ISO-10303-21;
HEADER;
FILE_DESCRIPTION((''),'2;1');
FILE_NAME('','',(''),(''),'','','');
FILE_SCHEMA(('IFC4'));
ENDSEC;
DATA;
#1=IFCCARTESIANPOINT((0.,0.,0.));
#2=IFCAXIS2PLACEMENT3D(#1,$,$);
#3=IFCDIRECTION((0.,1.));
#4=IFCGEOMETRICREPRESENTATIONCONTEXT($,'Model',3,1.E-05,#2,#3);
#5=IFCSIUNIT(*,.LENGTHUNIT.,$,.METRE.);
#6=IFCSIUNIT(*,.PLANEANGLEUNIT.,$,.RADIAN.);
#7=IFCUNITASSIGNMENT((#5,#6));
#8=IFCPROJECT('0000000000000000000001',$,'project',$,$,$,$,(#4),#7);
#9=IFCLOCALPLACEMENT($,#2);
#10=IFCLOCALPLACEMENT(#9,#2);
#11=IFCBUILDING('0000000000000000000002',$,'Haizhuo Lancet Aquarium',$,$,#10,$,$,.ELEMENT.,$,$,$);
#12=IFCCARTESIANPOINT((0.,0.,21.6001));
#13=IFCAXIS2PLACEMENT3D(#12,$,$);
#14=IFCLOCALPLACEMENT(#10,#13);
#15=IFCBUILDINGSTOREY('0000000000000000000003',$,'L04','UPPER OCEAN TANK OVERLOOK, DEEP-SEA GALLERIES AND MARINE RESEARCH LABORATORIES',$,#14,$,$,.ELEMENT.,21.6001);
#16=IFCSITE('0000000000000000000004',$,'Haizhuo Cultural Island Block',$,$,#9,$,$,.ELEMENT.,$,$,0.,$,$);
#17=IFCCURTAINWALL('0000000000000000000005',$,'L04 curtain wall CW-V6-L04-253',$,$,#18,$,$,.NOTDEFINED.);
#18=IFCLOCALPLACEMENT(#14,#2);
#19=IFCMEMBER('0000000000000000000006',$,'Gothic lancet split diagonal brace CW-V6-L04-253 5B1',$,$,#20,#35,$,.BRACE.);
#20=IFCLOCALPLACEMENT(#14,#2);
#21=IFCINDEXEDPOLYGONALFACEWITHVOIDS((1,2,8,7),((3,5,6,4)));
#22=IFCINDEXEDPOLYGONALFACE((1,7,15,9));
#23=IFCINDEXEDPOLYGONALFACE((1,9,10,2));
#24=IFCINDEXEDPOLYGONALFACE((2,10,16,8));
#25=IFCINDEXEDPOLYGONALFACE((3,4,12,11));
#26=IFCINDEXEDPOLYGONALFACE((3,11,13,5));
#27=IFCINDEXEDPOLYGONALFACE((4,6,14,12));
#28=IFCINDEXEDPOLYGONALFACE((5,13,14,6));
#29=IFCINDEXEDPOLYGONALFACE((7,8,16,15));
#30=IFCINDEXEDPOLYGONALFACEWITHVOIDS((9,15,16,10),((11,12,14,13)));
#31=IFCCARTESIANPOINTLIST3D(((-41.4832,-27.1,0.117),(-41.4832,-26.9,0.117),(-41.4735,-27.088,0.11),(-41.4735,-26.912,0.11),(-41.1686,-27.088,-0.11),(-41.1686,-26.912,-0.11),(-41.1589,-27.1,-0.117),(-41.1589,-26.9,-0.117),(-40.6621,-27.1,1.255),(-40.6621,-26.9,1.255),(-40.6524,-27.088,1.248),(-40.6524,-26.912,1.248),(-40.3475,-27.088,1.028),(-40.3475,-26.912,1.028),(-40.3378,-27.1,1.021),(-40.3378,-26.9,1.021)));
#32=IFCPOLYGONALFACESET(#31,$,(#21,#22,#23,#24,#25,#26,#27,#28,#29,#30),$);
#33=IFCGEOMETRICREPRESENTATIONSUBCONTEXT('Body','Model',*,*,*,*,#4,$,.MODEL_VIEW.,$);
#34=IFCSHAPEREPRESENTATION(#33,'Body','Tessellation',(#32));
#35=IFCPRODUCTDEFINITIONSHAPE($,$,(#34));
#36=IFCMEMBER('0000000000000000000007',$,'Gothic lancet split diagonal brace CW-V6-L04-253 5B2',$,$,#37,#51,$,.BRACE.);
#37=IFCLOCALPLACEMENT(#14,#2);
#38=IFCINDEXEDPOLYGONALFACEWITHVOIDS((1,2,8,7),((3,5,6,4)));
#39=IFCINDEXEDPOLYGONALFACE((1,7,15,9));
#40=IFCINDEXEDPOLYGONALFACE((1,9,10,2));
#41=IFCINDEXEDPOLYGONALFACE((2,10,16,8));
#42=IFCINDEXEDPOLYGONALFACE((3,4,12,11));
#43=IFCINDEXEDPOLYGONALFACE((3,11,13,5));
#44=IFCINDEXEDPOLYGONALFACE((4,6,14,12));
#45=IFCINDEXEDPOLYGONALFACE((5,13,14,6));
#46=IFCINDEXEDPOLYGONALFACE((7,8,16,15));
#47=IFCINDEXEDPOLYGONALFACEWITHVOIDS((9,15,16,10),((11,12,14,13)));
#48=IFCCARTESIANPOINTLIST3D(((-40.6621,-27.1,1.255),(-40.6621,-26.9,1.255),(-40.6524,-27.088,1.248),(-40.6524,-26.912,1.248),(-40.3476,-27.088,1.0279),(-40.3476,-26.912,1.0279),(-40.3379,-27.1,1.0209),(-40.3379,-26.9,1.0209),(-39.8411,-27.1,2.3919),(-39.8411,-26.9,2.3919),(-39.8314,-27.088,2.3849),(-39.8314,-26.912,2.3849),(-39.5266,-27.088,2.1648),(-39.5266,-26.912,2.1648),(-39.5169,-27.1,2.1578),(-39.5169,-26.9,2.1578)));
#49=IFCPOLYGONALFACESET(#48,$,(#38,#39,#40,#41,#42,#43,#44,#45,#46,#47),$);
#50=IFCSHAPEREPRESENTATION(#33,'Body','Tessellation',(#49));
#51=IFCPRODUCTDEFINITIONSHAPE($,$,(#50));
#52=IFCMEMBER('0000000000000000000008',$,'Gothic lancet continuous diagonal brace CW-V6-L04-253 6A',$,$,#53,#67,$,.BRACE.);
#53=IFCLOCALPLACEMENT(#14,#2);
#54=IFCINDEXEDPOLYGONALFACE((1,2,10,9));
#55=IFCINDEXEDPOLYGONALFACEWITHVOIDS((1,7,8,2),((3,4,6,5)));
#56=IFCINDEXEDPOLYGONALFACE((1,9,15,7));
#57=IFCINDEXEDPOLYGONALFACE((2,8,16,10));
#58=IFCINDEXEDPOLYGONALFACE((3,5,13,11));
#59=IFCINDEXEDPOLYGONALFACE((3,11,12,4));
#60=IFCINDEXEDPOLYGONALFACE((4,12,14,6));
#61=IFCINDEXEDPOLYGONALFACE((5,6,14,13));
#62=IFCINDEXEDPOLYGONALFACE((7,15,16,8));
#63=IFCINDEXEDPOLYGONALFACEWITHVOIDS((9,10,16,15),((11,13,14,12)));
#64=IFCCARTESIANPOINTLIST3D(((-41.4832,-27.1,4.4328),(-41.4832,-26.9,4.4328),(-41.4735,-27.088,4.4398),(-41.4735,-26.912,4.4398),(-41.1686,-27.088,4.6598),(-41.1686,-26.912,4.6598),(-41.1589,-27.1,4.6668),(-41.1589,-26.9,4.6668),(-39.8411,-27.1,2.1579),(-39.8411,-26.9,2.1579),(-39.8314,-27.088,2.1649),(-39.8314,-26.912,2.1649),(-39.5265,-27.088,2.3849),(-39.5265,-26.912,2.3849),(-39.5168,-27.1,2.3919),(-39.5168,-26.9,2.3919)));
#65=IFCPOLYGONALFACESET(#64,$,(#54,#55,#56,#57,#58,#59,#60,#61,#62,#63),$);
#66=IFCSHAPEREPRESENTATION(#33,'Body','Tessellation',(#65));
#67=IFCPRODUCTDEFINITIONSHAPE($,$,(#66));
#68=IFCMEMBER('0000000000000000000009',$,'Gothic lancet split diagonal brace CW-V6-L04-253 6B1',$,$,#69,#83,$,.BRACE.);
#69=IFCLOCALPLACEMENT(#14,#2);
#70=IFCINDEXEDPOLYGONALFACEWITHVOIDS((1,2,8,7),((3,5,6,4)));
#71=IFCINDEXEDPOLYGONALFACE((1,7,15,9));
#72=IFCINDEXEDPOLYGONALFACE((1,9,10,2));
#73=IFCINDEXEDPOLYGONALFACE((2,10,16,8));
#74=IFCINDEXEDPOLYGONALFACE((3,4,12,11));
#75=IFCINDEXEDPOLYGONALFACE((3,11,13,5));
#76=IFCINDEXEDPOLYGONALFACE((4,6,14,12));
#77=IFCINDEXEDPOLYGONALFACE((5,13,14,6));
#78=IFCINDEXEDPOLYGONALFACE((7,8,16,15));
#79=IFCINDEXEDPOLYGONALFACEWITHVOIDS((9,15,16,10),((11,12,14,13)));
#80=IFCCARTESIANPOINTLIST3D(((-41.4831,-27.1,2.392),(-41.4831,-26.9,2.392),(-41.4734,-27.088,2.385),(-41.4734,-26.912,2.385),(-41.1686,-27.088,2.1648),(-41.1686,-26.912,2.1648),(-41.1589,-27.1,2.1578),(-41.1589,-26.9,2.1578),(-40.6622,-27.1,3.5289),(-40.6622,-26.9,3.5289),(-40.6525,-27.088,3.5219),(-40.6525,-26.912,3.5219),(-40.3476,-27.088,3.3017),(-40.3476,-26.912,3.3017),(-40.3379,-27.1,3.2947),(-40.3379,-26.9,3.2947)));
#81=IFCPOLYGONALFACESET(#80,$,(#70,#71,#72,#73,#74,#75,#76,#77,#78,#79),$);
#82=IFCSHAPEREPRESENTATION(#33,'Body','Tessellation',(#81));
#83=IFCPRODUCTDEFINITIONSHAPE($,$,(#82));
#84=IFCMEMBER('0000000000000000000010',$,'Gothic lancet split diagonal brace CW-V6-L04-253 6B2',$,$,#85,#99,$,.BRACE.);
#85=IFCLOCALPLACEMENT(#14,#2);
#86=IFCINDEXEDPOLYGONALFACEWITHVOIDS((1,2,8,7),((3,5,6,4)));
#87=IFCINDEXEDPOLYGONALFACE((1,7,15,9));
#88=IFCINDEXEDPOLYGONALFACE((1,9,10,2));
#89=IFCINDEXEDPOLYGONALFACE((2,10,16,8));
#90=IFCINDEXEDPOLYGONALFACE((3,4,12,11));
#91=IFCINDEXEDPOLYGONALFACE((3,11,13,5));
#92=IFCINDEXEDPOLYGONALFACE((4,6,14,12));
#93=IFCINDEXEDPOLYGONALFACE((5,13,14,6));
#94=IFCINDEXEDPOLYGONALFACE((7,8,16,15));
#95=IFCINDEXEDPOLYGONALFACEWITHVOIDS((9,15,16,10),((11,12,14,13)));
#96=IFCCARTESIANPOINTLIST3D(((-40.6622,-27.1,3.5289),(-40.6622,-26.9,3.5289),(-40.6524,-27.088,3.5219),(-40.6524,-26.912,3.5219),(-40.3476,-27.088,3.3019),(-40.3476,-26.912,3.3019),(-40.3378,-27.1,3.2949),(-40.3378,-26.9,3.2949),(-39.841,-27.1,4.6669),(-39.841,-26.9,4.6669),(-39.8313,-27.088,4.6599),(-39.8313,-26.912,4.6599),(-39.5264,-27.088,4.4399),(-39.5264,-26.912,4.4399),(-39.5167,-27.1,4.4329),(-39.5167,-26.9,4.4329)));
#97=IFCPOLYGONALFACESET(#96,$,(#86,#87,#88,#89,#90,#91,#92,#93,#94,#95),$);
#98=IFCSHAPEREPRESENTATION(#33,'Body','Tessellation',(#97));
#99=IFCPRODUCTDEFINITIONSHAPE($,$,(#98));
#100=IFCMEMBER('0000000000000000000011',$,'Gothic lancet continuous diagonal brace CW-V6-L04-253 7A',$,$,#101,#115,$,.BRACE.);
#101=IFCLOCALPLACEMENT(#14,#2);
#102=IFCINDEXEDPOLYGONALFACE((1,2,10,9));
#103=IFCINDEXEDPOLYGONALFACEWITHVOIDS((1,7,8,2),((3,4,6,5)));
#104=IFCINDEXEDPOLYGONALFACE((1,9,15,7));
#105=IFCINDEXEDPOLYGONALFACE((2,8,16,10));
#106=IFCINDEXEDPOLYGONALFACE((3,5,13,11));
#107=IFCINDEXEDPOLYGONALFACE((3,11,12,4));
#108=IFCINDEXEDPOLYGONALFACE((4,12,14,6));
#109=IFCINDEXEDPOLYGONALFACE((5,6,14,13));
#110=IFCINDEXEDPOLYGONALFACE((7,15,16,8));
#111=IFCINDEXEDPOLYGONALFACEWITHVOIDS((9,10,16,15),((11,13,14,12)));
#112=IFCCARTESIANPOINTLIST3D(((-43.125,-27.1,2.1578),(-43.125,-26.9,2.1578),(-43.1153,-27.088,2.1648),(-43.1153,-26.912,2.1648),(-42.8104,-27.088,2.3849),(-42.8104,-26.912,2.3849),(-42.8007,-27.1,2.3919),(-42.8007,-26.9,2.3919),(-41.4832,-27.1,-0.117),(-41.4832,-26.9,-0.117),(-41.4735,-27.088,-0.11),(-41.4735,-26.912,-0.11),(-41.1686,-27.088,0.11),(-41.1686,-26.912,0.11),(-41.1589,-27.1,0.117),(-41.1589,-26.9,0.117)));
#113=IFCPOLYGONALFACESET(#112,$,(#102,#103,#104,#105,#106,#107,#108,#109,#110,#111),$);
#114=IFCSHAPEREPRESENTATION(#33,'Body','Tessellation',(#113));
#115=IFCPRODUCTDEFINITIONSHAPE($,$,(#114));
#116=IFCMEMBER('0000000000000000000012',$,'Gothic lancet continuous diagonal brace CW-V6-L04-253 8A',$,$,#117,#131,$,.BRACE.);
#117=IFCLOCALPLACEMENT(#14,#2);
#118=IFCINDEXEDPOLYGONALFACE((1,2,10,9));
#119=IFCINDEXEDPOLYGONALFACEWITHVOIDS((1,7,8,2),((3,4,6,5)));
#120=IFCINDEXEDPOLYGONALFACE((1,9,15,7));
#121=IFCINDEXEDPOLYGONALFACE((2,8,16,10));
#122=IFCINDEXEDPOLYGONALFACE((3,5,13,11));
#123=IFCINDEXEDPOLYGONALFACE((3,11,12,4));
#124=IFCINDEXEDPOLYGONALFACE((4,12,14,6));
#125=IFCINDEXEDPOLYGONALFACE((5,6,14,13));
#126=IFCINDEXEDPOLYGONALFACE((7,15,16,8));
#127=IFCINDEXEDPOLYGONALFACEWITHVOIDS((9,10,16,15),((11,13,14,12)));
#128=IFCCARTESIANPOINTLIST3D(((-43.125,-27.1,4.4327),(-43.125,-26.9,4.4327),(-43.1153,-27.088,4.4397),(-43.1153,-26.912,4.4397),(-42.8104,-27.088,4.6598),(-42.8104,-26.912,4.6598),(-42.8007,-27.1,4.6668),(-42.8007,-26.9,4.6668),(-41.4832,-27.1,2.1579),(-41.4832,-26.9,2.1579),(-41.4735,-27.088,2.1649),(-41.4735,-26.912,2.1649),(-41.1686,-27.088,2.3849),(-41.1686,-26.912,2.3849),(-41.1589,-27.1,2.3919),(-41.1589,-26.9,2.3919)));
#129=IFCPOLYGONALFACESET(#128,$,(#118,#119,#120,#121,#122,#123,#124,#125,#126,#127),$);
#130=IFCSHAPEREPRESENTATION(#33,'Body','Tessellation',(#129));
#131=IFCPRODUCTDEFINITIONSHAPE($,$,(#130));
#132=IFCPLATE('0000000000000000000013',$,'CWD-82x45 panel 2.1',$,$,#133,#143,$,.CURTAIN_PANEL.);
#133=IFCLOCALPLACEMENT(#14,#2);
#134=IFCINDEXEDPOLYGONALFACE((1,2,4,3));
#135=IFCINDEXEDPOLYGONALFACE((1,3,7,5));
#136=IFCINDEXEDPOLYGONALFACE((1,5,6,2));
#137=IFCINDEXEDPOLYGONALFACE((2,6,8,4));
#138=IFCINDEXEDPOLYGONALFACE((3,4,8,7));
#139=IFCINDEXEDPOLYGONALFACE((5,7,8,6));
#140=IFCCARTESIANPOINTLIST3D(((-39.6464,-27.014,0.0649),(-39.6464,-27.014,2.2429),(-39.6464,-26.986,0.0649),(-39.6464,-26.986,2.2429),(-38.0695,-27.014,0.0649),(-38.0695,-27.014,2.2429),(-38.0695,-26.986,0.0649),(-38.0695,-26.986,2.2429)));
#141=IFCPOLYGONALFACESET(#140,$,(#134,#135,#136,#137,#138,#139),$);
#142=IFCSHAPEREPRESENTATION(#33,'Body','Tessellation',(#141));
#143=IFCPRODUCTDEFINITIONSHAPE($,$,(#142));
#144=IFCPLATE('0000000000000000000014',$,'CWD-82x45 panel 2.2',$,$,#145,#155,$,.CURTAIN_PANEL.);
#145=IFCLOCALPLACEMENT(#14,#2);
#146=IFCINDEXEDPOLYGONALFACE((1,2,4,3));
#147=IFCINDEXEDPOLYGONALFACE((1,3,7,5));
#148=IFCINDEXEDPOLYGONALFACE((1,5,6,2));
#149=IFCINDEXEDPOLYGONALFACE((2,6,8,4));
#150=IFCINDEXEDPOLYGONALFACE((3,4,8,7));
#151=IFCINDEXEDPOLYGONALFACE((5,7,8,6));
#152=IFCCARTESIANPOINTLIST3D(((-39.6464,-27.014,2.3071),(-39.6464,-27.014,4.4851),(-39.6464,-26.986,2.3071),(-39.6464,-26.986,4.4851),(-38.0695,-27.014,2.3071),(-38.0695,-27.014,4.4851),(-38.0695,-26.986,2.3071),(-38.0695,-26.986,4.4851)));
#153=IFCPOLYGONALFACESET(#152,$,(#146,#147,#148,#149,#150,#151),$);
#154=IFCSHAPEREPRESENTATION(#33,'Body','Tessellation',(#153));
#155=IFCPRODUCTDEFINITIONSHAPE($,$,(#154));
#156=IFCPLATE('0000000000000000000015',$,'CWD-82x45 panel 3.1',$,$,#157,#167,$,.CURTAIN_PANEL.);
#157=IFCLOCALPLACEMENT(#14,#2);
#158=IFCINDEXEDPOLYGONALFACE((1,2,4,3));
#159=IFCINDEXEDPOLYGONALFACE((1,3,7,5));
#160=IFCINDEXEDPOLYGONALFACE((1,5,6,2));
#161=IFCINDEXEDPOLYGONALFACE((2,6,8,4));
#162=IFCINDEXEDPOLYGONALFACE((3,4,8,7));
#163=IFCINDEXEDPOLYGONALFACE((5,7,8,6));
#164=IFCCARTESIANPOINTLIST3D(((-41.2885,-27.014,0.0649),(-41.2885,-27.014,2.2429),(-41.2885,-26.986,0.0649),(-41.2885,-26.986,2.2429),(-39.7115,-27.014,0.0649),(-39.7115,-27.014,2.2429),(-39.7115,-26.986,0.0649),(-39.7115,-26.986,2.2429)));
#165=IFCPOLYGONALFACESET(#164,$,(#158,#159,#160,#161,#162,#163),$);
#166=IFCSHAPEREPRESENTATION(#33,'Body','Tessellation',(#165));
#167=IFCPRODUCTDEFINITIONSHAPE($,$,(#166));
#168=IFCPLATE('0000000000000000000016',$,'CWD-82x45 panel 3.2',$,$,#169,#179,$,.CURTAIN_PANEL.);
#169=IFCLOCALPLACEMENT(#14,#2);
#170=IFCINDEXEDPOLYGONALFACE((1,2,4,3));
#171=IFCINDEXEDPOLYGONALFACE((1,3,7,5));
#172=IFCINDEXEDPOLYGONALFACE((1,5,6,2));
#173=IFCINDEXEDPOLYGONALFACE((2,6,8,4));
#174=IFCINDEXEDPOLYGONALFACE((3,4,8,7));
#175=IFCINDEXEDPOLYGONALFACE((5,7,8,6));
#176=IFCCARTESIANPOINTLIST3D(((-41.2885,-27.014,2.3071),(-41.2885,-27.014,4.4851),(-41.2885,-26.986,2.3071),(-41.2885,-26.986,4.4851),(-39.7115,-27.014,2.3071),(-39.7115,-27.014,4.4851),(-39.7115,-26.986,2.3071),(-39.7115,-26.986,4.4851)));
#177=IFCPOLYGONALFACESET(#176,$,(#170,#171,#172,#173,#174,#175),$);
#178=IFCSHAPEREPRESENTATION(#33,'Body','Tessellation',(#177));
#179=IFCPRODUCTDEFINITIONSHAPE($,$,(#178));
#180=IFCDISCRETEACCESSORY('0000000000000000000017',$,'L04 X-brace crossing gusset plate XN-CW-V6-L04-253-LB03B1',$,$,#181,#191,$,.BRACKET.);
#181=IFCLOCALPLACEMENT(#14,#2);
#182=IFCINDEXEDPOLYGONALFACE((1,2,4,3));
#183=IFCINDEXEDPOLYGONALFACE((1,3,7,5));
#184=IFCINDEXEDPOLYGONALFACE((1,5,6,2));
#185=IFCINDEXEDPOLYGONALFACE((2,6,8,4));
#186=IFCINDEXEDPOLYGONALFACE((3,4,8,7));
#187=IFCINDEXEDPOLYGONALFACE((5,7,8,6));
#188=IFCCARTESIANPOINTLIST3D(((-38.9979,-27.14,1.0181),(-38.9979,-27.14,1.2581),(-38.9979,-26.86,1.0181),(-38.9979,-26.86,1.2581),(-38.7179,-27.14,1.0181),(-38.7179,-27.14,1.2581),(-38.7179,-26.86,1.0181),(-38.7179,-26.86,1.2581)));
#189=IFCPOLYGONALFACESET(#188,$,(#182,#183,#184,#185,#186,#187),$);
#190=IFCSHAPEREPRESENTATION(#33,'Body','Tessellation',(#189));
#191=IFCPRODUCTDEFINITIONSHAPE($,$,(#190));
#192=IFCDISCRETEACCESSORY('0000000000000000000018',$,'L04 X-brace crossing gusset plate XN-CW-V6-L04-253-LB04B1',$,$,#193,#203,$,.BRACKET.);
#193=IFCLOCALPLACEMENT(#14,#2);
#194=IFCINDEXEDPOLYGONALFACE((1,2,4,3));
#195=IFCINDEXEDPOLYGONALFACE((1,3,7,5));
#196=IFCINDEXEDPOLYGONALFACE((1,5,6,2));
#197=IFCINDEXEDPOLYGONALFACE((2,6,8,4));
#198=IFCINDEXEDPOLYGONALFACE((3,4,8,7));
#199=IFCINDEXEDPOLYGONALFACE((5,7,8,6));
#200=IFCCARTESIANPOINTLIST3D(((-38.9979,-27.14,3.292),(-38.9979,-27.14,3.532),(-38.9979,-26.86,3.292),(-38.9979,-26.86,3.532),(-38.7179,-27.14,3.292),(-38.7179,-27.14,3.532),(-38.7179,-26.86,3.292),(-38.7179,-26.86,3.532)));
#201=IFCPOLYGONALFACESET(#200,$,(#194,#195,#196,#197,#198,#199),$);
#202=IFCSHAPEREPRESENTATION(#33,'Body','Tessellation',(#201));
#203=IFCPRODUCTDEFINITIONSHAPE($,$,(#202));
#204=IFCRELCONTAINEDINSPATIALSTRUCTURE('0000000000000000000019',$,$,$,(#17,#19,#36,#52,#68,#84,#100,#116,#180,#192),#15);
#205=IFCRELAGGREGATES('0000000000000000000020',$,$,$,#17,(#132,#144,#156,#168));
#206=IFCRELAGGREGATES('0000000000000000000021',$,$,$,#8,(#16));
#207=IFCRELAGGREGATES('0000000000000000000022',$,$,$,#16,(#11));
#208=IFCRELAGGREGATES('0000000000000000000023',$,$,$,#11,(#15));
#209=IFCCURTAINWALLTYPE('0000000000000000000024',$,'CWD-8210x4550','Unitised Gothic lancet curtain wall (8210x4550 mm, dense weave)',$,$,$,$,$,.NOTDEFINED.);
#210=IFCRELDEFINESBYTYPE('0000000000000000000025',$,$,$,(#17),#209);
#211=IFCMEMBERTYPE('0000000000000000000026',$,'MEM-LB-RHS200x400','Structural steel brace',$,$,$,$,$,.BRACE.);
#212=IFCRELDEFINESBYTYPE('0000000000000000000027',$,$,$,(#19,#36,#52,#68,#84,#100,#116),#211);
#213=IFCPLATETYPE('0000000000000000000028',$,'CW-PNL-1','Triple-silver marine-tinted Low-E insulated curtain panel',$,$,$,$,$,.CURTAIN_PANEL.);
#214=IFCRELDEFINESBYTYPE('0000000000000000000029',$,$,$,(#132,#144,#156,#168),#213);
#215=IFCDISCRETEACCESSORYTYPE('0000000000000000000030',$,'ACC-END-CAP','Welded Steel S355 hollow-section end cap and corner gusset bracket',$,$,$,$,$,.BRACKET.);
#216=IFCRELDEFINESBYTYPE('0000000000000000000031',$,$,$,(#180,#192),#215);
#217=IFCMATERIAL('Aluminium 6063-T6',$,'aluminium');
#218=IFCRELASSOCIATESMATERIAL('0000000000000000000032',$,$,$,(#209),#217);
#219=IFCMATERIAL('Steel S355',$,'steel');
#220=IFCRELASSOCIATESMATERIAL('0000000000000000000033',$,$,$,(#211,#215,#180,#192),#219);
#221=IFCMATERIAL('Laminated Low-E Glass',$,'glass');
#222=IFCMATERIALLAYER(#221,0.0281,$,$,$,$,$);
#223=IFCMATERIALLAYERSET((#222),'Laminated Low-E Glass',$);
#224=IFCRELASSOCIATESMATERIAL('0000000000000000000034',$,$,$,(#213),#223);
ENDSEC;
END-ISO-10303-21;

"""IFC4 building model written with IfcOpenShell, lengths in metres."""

from ifc_helpers import new_model, si_unit, direction, frame, origin, origin_2d, place, context, subcontext, project, spatial, rectangle, hollow_rectangle, extrude, material, layer, layer_set, material_profile, profile_set, type_object, element, aggregate, save


model = new_model("IFC4")

# Units and contexts
model_context = context("Model", 3, precision=1e-05, world=origin(), true_north=direction((0.0, 1.0)))
body_context = subcontext(model_context, "Body", "Model", "MODEL_VIEW")
ifc_project = project(units=[si_unit("LENGTHUNIT", "METRE"), si_unit("PLANEANGLEUNIT", "RADIAN")], contexts=[model_context])

# Site, building, storey
site_placement = place(None, origin())
site = spatial("IfcSite", under=ifc_project, at=site_placement, Name="Haizhuo Cultural Island Block", CompositionType="ELEMENT", RefElevation=0.0)
building_placement = place(site_placement, origin())
building = spatial("IfcBuilding", under=site, at=building_placement, Name="Haizhuo Lancet Aquarium", CompositionType="ELEMENT")
storey_placement = place(building_placement, frame((0.0, 0.0, 21.6001)))
storey = spatial("IfcBuildingStorey", under=building, at=storey_placement, Name="L04", Description="UPPER OCEAN TANK OVERLOOK, DEEP-SEA GALLERIES AND MARINE RESEARCH LABORATORIES", CompositionType="ELEMENT", Elevation=21.6001)

# Curtain wall
ifc_material_1 = material(Name="Aluminium 6063-T6", Category="aluminium")
curtain_wall_type = type_object("IfcCurtainWallType", Name="CWD-8210x4550", Description="Unitised Gothic lancet curtain wall (8210x4550 mm, dense weave)", PredefinedType="NOTDEFINED", material=ifc_material_1)
curtain_wall_placement = place(storey_placement, origin())
curtain_wall = element("IfcCurtainWall", 1, at=curtain_wall_placement, inside=storey, type_object=curtain_wall_type, Name="L04 curtain wall CW-V6-L04-253", PredefinedType="NOTDEFINED")

# Members
ifc_material_2 = material(Name="Steel S355", Category="steel")
ifc_material_profile_1 = material_profile(ifc_material_2, hollow_rectangle(XDim=0.2, YDim=0.3999, WallThickness=0.012, at=origin_2d()), Name="RHS 200x400x12")
ifc_profile_set_1 = profile_set([ifc_material_profile_1], Name="Steel S355")
member_type_1 = type_object("IfcMemberType", Name="MEM-LB-RHS200x400", Description="Structural steel brace", PredefinedType="BRACE", material=ifc_profile_set_1)
member_1_placement = place(storey_placement, frame((-41.321, -27.0, 0.0), z_axis=(0.585116, 0.0, 0.81095), x_axis=(0.0, 1.0, 0.0)))
element("IfcMember", 2, at=member_1_placement, inside=storey, type_object=member_type_1, Name="Gothic lancet split diagonal brace CW-V6-L04-253 5B1", PredefinedType="BRACE", context=body_context, shape_type="SweptSolid", body=[
    extrude(hollow_rectangle(XDim=0.2, YDim=0.3999, WallThickness=0.012, at=origin_2d()), origin(), (0.0, 0.0, 1.0), 1.4033),
])
member_2_placement = place(storey_placement, frame((-40.5, -27.0, 1.1379), z_axis=(0.585446, 0.0, 0.810711), x_axis=(0.0, 1.0, 0.0)))
element("IfcMember", 3, at=member_2_placement, inside=storey, type_object=member_type_1, Name="Gothic lancet split diagonal brace CW-V6-L04-253 5B2", PredefinedType="BRACE", context=body_context, shape_type="SweptSolid", body=[
    extrude(hollow_rectangle(XDim=0.2, YDim=0.3999, WallThickness=0.012, at=origin_2d()), origin(), (0.0, 0.0, 1.0), 1.4023),
])
member_3_placement = place(storey_placement, frame((-39.679, -27.0, 2.2749), z_axis=(-0.585281, 0.0, 0.810831), x_axis=(0.0, -1.0, 0.0)))
element("IfcMember", 4, at=member_3_placement, inside=storey, type_object=member_type_1, Name="Gothic lancet continuous diagonal brace CW-V6-L04-253 6A", PredefinedType="BRACE", context=body_context, shape_type="SweptSolid", body=[
    extrude(hollow_rectangle(XDim=0.2, YDim=0.3999, WallThickness=0.012, at=origin_2d()), origin(), (0.0, 0.0, 1.0), 2.8057),
])
member_4_placement = place(storey_placement, frame((-41.321, -27.0, 2.2749), z_axis=(0.585446, 0.0, 0.810711), x_axis=(0.0, 1.0, 0.0)))
element("IfcMember", 5, at=member_4_placement, inside=storey, type_object=member_type_1, Name="Gothic lancet split diagonal brace CW-V6-L04-253 6B1", PredefinedType="BRACE", context=body_context, shape_type="SweptSolid", body=[
    extrude(hollow_rectangle(XDim=0.2, YDim=0.3999, WallThickness=0.012, at=origin_2d()), origin(), (0.0, 0.0, 1.0), 1.4023),
])
member_5_placement = place(storey_placement, frame((-40.5, -27.0, 3.4119), z_axis=(0.585116, 0.0, 0.81095), x_axis=(0.0, 1.0, 0.0)))
element("IfcMember", 6, at=member_5_placement, inside=storey, type_object=member_type_1, Name="Gothic lancet split diagonal brace CW-V6-L04-253 6B2", PredefinedType="BRACE", context=body_context, shape_type="SweptSolid", body=[
    extrude(hollow_rectangle(XDim=0.2, YDim=0.3999, WallThickness=0.012, at=origin_2d()), origin(), (0.0, 0.0, 1.0), 1.4033),
])
for number, where, z_axis, x_axis, name in (
    (7, (-41.321, -27.0, 0.0), (-0.585224, 0.0, 0.810872), (0.0, -1.0, 0.0), "Gothic lancet continuous diagonal brace CW-V6-L04-253 7A"),
    (8, (-41.321, -27.0, 2.2749), (-0.585224, 0.0, 0.810872), (0.0, -1.0, 0.0), "Gothic lancet continuous diagonal brace CW-V6-L04-253 8A"),
):
    element("IfcMember", number, at=place(storey_placement, frame(where, z_axis=z_axis, x_axis=x_axis)), inside=storey, type_object=member_type_1, Name=name, PredefinedType="BRACE", context=body_context, shape_type="SweptSolid", body=[
        extrude(hollow_rectangle(XDim=0.2, YDim=0.3999, WallThickness=0.012, at=origin_2d()), origin(), (0.0, 0.0, 1.0), 2.8054),
    ])

# Plates
ifc_material_3 = material(Name="Laminated Low-E Glass", Category="glass")
ifc_layer = layer(ifc_material_3, 0.0281)
ifc_layer_set = layer_set([ifc_layer], Name="Laminated Low-E Glass")
plate_type = type_object("IfcPlateType", Name="CW-PNL-1", Description="Triple-silver marine-tinted Low-E insulated curtain panel", PredefinedType="CURTAIN_PANEL", material=ifc_layer_set)
plate_1_placement = place(storey_placement, frame((-38.8579, -27.0, 0.0649), z_axis=(0.0, 0.0, 1.0), x_axis=(-1.0, 0.0, 0.0)))
plate_1 = element("IfcPlate", 9, at=plate_1_placement, type_object=plate_type, Name="CWD-82x45 panel 2.1", PredefinedType="CURTAIN_PANEL", context=body_context, shape_type="SweptSolid", body=[
    extrude(rectangle(XDim=1.5769, YDim=0.0281, at=origin_2d()), origin(), (0.0, 0.0, 1.0), 2.178),
])
plate_2_placement = place(storey_placement, frame((-38.8579, -27.0, 2.3071), z_axis=(0.0, 0.0, 1.0), x_axis=(-1.0, 0.0, 0.0)))
plate_2 = element("IfcPlate", 10, at=plate_2_placement, type_object=plate_type, Name="CWD-82x45 panel 2.2", PredefinedType="CURTAIN_PANEL", context=body_context, shape_type="SweptSolid", body=[
    extrude(rectangle(XDim=1.5769, YDim=0.0281, at=origin_2d()), origin(), (0.0, 0.0, 1.0), 2.178),
])
plate_3_placement = place(storey_placement, frame((-40.5, -27.0, 0.0649), z_axis=(0.0, 0.0, 1.0), x_axis=(-1.0, 0.0, 0.0)))
plate_3 = element("IfcPlate", 11, at=plate_3_placement, type_object=plate_type, Name="CWD-82x45 panel 3.1", PredefinedType="CURTAIN_PANEL", context=body_context, shape_type="SweptSolid", body=[
    extrude(rectangle(XDim=1.5769, YDim=0.0281, at=origin_2d()), origin(), (0.0, 0.0, 1.0), 2.178),
])
plate_4_placement = place(storey_placement, frame((-40.5, -27.0, 2.3071), z_axis=(0.0, 0.0, 1.0), x_axis=(-1.0, 0.0, 0.0)))
plate_4 = element("IfcPlate", 12, at=plate_4_placement, type_object=plate_type, Name="CWD-82x45 panel 3.2", PredefinedType="CURTAIN_PANEL", context=body_context, shape_type="SweptSolid", body=[
    extrude(rectangle(XDim=1.5769, YDim=0.0281, at=origin_2d()), origin(), (0.0, 0.0, 1.0), 2.178),
])
aggregate(curtain_wall, [plate_1, plate_2, plate_3, plate_4])

# Discrete accessories
discrete_accessory_type = type_object("IfcDiscreteAccessoryType", Name="ACC-END-CAP", Description="Welded Steel S355 hollow-section end cap and corner gusset bracket", PredefinedType="BRACKET", material=ifc_material_2)
for number, where, z_axis, x_axis, name in (
    (13, (-38.8579, -27.0, 1.0181), (0.0, 0.0, 1.0), (1.0, 0.0, 0.0), "L04 X-brace crossing gusset plate XN-CW-V6-L04-253-LB03B1"),
    (14, (-38.8579, -27.0, 3.292), (0.0, 0.0, 1.0), (1.0, 0.0, 0.0), "L04 X-brace crossing gusset plate XN-CW-V6-L04-253-LB04B1"),
):
    element("IfcDiscreteAccessory", number, at=place(storey_placement, frame(where, z_axis=z_axis, x_axis=x_axis)), inside=storey, type_object=discrete_accessory_type, material=ifc_material_2, Name=name, PredefinedType="BRACKET", context=body_context, shape_type="SweptSolid", body=[
        extrude(rectangle(XDim=0.28, YDim=0.28, at=origin_2d()), origin(), (0.0, 0.0, 1.0), 0.24),
    ])

save(model, "model.ifc")
